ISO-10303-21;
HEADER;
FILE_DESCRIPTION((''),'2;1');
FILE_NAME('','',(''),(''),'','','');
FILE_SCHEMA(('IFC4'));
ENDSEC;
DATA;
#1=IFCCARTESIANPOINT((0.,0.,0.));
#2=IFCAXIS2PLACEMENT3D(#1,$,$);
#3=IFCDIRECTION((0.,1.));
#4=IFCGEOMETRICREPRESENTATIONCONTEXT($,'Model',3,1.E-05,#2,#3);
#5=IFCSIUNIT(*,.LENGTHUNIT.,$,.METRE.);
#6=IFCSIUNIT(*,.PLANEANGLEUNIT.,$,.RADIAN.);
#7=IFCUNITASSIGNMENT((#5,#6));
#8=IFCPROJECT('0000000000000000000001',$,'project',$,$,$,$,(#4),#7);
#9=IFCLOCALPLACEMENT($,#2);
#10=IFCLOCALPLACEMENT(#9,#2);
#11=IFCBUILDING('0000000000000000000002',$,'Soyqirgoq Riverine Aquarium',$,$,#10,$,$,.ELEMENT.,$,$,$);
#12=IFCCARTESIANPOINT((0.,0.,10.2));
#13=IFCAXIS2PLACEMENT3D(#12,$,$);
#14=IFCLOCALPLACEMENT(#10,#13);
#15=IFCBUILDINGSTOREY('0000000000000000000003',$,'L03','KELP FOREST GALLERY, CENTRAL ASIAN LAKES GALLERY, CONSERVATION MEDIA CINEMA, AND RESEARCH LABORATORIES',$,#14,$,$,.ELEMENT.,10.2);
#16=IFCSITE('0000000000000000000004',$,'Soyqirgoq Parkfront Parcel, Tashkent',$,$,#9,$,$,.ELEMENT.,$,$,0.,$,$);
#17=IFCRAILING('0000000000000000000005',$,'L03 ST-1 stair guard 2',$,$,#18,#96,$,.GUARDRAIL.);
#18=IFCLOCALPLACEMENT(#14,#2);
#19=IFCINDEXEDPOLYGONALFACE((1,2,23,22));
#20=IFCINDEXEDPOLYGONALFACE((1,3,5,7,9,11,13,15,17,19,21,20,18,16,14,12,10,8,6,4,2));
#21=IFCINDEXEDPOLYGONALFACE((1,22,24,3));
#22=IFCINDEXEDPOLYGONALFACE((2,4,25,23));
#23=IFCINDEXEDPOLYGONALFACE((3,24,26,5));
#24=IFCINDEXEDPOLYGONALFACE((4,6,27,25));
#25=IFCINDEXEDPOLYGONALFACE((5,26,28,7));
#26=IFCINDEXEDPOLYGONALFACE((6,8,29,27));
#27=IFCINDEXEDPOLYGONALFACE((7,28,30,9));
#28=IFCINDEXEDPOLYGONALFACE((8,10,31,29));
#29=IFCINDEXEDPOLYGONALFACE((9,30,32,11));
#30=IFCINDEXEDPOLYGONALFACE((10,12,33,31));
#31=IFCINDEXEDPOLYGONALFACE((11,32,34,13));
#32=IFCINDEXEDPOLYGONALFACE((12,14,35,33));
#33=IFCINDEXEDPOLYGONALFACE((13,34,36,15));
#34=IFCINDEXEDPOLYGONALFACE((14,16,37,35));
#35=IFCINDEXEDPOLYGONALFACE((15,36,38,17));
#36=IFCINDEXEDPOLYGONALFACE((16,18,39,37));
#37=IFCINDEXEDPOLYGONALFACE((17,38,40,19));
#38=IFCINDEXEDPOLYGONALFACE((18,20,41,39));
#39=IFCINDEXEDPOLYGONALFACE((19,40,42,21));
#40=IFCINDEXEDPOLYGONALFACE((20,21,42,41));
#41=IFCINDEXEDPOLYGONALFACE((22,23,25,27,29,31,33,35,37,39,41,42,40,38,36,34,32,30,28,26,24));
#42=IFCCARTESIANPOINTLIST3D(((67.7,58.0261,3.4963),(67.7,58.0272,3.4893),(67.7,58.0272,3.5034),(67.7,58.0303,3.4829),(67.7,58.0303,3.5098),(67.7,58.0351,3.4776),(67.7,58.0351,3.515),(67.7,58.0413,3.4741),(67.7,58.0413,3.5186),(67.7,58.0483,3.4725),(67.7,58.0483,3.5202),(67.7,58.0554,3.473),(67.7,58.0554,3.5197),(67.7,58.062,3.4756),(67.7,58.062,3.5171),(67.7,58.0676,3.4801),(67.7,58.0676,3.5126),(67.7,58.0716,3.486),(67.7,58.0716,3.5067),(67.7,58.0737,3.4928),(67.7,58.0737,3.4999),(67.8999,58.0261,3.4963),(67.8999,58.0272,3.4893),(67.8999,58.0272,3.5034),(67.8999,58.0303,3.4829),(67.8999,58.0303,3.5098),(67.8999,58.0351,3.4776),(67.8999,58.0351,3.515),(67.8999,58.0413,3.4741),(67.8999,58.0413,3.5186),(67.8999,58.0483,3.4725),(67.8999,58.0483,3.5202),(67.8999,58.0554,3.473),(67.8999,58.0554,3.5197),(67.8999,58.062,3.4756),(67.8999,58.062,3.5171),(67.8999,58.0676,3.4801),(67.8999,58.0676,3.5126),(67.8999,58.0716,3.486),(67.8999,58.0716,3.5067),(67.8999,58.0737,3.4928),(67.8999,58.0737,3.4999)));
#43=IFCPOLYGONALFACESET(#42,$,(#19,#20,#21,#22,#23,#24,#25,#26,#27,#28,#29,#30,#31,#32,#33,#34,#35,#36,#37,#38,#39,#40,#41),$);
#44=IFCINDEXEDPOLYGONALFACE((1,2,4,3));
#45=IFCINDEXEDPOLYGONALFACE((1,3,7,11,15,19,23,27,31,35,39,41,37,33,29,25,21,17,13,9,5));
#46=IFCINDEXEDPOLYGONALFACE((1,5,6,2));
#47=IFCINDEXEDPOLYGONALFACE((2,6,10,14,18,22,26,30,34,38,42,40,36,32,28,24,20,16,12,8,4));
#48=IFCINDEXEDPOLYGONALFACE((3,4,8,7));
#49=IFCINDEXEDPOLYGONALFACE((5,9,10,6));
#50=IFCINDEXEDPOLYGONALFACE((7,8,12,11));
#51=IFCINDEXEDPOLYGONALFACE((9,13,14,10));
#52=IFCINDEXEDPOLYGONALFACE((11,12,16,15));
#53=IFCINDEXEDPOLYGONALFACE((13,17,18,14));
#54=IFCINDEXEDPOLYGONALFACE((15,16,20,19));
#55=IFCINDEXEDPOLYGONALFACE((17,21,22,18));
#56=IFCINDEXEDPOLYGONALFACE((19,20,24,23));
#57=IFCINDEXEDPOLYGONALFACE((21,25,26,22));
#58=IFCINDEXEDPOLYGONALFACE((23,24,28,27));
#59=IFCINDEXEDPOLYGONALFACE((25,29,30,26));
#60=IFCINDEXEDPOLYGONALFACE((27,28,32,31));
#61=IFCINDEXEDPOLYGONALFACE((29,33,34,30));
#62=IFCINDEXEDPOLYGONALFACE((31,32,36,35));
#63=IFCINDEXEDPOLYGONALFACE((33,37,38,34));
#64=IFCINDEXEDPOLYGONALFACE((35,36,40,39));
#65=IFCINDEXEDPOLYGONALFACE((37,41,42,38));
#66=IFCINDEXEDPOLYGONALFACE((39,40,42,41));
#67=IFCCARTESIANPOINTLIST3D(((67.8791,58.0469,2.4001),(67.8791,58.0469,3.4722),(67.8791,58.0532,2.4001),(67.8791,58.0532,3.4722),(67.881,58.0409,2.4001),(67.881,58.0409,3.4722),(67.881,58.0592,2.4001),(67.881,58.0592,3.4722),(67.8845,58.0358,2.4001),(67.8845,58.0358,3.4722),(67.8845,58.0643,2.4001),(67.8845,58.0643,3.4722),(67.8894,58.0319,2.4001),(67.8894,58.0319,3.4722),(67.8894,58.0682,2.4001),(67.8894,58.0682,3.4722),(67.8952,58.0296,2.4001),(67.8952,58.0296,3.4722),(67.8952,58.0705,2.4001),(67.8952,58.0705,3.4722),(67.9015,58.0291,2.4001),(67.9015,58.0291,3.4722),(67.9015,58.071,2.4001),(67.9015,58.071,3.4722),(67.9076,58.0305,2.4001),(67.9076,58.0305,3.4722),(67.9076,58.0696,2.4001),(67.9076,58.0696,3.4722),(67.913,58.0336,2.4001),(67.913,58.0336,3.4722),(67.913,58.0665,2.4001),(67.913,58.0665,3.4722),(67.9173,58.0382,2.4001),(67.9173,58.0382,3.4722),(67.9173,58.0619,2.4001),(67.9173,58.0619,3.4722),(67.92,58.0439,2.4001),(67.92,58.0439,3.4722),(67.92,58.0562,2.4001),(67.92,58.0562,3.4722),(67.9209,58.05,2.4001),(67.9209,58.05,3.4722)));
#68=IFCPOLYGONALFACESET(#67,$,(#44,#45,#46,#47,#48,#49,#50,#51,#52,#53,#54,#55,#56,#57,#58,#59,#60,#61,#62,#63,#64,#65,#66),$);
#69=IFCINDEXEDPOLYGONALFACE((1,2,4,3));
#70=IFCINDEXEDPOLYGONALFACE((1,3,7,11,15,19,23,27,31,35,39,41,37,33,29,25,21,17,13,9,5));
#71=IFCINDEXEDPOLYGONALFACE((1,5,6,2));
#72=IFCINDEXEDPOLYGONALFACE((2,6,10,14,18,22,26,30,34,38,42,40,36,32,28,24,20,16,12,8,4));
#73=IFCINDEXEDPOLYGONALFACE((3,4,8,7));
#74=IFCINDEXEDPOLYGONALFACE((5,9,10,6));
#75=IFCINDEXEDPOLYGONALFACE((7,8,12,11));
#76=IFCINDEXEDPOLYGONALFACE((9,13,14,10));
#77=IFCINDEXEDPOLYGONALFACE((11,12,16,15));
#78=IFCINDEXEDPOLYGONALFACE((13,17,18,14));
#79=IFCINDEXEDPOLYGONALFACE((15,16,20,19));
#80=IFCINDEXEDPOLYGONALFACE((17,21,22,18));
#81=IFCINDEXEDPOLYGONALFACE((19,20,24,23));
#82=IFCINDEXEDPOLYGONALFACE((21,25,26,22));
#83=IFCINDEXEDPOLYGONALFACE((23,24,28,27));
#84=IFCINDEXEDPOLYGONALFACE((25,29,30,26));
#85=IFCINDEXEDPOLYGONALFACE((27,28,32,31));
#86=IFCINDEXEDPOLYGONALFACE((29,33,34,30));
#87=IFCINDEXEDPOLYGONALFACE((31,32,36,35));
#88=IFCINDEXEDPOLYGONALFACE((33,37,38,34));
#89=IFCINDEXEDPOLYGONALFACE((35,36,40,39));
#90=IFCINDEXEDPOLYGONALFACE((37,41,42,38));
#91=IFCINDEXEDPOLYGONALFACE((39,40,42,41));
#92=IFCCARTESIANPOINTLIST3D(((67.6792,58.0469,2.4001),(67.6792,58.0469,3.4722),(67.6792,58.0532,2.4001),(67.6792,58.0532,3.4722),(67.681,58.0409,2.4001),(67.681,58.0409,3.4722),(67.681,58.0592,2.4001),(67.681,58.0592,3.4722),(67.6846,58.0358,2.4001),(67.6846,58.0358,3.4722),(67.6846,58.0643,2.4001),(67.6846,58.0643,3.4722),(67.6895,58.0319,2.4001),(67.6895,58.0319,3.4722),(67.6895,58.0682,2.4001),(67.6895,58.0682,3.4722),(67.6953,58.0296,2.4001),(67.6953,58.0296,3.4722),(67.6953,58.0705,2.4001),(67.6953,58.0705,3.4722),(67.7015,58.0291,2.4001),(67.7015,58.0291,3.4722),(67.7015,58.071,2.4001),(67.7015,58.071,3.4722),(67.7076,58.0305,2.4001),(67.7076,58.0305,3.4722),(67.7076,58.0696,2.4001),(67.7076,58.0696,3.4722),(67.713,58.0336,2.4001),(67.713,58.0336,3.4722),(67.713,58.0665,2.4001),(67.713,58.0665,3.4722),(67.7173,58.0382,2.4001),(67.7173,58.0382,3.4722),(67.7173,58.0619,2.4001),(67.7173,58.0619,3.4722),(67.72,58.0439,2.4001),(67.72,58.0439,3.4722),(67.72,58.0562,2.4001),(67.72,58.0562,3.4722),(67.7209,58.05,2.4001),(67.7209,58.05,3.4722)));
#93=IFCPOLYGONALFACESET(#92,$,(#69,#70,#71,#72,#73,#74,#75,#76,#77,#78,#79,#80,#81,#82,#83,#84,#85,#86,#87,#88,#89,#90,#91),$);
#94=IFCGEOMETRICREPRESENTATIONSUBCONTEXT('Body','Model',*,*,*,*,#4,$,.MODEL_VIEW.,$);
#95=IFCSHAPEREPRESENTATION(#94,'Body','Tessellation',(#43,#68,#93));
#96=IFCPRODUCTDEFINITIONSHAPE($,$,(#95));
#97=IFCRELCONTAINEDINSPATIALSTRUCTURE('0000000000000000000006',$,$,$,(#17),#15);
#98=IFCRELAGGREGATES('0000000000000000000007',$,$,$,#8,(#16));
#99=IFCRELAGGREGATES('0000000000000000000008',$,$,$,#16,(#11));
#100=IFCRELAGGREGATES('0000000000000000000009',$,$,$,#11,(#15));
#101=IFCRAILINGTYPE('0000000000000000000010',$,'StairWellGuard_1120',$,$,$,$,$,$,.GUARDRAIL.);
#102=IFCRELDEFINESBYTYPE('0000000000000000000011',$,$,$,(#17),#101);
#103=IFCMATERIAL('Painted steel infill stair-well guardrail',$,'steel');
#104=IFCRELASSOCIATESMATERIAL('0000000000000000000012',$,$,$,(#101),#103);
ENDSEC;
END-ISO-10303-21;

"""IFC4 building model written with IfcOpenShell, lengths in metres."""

from ifc_helpers import new_model, si_unit, direction, frame, origin, origin_2d, place, context, subcontext, project, spatial, circle, extrude, material, type_object, element, save


model = new_model("IFC4")

# Units and contexts
model_context = context("Model", 3, precision=1e-05, world=origin(), true_north=direction((0.0, 1.0)))
body_context = subcontext(model_context, "Body", "Model", "MODEL_VIEW")
ifc_project = project(units=[si_unit("LENGTHUNIT", "METRE"), si_unit("PLANEANGLEUNIT", "RADIAN")], contexts=[model_context])

# Site, building, storey
site_placement = place(None, origin())
site = spatial("IfcSite", under=ifc_project, at=site_placement, Name="Soyqirgoq Parkfront Parcel, Tashkent", CompositionType="ELEMENT", RefElevation=0.0)
building_placement = place(site_placement, origin())
building = spatial("IfcBuilding", under=site, at=building_placement, Name="Soyqirgoq Riverine Aquarium", CompositionType="ELEMENT")
storey_placement = place(building_placement, frame((0.0, 0.0, 10.2)))
storey = spatial("IfcBuildingStorey", under=building, at=storey_placement, Name="L03", Description="KELP FOREST GALLERY, CENTRAL ASIAN LAKES GALLERY, CONSERVATION MEDIA CINEMA, AND RESEARCH LABORATORIES", CompositionType="ELEMENT", Elevation=10.2)

# Railing
ifc_material_1 = material(Name="Painted steel infill stair-well guardrail", Category="steel")
railing_type_1 = type_object("IfcRailingType", Name="StairWellGuard_1120", PredefinedType="GUARDRAIL", material=ifc_material_1)
railing_1_placement = place(storey_placement, frame((67.8999, 58.05, 2.4001)))
element("IfcRailing", 1, at=railing_1_placement, inside=storey, type_object=railing_type_1, Name="L03 ST-1 stair guard 2", PredefinedType="GUARDRAIL", context=body_context, shape_type="SweptSolid", body=[
    extrude(circle(Radius=0.0239, at=origin_2d()), frame((0.0, 0.0, 1.0962), z_axis=(-1.0, 0.0, 0.0), x_axis=(0.0, -1.0, 0.0)), (0.0, 0.0, 1.0), 0.2),
    extrude(circle(Radius=0.021, at=origin_2d()), origin(), (0.0, 0.0, 1.0), 1.072),
    extrude(circle(Radius=0.021, at=origin_2d()), frame((-0.2, 0.0, 0.0)), (0.0, 0.0, 1.0), 1.072),
])

save(model, "model.ifc")
